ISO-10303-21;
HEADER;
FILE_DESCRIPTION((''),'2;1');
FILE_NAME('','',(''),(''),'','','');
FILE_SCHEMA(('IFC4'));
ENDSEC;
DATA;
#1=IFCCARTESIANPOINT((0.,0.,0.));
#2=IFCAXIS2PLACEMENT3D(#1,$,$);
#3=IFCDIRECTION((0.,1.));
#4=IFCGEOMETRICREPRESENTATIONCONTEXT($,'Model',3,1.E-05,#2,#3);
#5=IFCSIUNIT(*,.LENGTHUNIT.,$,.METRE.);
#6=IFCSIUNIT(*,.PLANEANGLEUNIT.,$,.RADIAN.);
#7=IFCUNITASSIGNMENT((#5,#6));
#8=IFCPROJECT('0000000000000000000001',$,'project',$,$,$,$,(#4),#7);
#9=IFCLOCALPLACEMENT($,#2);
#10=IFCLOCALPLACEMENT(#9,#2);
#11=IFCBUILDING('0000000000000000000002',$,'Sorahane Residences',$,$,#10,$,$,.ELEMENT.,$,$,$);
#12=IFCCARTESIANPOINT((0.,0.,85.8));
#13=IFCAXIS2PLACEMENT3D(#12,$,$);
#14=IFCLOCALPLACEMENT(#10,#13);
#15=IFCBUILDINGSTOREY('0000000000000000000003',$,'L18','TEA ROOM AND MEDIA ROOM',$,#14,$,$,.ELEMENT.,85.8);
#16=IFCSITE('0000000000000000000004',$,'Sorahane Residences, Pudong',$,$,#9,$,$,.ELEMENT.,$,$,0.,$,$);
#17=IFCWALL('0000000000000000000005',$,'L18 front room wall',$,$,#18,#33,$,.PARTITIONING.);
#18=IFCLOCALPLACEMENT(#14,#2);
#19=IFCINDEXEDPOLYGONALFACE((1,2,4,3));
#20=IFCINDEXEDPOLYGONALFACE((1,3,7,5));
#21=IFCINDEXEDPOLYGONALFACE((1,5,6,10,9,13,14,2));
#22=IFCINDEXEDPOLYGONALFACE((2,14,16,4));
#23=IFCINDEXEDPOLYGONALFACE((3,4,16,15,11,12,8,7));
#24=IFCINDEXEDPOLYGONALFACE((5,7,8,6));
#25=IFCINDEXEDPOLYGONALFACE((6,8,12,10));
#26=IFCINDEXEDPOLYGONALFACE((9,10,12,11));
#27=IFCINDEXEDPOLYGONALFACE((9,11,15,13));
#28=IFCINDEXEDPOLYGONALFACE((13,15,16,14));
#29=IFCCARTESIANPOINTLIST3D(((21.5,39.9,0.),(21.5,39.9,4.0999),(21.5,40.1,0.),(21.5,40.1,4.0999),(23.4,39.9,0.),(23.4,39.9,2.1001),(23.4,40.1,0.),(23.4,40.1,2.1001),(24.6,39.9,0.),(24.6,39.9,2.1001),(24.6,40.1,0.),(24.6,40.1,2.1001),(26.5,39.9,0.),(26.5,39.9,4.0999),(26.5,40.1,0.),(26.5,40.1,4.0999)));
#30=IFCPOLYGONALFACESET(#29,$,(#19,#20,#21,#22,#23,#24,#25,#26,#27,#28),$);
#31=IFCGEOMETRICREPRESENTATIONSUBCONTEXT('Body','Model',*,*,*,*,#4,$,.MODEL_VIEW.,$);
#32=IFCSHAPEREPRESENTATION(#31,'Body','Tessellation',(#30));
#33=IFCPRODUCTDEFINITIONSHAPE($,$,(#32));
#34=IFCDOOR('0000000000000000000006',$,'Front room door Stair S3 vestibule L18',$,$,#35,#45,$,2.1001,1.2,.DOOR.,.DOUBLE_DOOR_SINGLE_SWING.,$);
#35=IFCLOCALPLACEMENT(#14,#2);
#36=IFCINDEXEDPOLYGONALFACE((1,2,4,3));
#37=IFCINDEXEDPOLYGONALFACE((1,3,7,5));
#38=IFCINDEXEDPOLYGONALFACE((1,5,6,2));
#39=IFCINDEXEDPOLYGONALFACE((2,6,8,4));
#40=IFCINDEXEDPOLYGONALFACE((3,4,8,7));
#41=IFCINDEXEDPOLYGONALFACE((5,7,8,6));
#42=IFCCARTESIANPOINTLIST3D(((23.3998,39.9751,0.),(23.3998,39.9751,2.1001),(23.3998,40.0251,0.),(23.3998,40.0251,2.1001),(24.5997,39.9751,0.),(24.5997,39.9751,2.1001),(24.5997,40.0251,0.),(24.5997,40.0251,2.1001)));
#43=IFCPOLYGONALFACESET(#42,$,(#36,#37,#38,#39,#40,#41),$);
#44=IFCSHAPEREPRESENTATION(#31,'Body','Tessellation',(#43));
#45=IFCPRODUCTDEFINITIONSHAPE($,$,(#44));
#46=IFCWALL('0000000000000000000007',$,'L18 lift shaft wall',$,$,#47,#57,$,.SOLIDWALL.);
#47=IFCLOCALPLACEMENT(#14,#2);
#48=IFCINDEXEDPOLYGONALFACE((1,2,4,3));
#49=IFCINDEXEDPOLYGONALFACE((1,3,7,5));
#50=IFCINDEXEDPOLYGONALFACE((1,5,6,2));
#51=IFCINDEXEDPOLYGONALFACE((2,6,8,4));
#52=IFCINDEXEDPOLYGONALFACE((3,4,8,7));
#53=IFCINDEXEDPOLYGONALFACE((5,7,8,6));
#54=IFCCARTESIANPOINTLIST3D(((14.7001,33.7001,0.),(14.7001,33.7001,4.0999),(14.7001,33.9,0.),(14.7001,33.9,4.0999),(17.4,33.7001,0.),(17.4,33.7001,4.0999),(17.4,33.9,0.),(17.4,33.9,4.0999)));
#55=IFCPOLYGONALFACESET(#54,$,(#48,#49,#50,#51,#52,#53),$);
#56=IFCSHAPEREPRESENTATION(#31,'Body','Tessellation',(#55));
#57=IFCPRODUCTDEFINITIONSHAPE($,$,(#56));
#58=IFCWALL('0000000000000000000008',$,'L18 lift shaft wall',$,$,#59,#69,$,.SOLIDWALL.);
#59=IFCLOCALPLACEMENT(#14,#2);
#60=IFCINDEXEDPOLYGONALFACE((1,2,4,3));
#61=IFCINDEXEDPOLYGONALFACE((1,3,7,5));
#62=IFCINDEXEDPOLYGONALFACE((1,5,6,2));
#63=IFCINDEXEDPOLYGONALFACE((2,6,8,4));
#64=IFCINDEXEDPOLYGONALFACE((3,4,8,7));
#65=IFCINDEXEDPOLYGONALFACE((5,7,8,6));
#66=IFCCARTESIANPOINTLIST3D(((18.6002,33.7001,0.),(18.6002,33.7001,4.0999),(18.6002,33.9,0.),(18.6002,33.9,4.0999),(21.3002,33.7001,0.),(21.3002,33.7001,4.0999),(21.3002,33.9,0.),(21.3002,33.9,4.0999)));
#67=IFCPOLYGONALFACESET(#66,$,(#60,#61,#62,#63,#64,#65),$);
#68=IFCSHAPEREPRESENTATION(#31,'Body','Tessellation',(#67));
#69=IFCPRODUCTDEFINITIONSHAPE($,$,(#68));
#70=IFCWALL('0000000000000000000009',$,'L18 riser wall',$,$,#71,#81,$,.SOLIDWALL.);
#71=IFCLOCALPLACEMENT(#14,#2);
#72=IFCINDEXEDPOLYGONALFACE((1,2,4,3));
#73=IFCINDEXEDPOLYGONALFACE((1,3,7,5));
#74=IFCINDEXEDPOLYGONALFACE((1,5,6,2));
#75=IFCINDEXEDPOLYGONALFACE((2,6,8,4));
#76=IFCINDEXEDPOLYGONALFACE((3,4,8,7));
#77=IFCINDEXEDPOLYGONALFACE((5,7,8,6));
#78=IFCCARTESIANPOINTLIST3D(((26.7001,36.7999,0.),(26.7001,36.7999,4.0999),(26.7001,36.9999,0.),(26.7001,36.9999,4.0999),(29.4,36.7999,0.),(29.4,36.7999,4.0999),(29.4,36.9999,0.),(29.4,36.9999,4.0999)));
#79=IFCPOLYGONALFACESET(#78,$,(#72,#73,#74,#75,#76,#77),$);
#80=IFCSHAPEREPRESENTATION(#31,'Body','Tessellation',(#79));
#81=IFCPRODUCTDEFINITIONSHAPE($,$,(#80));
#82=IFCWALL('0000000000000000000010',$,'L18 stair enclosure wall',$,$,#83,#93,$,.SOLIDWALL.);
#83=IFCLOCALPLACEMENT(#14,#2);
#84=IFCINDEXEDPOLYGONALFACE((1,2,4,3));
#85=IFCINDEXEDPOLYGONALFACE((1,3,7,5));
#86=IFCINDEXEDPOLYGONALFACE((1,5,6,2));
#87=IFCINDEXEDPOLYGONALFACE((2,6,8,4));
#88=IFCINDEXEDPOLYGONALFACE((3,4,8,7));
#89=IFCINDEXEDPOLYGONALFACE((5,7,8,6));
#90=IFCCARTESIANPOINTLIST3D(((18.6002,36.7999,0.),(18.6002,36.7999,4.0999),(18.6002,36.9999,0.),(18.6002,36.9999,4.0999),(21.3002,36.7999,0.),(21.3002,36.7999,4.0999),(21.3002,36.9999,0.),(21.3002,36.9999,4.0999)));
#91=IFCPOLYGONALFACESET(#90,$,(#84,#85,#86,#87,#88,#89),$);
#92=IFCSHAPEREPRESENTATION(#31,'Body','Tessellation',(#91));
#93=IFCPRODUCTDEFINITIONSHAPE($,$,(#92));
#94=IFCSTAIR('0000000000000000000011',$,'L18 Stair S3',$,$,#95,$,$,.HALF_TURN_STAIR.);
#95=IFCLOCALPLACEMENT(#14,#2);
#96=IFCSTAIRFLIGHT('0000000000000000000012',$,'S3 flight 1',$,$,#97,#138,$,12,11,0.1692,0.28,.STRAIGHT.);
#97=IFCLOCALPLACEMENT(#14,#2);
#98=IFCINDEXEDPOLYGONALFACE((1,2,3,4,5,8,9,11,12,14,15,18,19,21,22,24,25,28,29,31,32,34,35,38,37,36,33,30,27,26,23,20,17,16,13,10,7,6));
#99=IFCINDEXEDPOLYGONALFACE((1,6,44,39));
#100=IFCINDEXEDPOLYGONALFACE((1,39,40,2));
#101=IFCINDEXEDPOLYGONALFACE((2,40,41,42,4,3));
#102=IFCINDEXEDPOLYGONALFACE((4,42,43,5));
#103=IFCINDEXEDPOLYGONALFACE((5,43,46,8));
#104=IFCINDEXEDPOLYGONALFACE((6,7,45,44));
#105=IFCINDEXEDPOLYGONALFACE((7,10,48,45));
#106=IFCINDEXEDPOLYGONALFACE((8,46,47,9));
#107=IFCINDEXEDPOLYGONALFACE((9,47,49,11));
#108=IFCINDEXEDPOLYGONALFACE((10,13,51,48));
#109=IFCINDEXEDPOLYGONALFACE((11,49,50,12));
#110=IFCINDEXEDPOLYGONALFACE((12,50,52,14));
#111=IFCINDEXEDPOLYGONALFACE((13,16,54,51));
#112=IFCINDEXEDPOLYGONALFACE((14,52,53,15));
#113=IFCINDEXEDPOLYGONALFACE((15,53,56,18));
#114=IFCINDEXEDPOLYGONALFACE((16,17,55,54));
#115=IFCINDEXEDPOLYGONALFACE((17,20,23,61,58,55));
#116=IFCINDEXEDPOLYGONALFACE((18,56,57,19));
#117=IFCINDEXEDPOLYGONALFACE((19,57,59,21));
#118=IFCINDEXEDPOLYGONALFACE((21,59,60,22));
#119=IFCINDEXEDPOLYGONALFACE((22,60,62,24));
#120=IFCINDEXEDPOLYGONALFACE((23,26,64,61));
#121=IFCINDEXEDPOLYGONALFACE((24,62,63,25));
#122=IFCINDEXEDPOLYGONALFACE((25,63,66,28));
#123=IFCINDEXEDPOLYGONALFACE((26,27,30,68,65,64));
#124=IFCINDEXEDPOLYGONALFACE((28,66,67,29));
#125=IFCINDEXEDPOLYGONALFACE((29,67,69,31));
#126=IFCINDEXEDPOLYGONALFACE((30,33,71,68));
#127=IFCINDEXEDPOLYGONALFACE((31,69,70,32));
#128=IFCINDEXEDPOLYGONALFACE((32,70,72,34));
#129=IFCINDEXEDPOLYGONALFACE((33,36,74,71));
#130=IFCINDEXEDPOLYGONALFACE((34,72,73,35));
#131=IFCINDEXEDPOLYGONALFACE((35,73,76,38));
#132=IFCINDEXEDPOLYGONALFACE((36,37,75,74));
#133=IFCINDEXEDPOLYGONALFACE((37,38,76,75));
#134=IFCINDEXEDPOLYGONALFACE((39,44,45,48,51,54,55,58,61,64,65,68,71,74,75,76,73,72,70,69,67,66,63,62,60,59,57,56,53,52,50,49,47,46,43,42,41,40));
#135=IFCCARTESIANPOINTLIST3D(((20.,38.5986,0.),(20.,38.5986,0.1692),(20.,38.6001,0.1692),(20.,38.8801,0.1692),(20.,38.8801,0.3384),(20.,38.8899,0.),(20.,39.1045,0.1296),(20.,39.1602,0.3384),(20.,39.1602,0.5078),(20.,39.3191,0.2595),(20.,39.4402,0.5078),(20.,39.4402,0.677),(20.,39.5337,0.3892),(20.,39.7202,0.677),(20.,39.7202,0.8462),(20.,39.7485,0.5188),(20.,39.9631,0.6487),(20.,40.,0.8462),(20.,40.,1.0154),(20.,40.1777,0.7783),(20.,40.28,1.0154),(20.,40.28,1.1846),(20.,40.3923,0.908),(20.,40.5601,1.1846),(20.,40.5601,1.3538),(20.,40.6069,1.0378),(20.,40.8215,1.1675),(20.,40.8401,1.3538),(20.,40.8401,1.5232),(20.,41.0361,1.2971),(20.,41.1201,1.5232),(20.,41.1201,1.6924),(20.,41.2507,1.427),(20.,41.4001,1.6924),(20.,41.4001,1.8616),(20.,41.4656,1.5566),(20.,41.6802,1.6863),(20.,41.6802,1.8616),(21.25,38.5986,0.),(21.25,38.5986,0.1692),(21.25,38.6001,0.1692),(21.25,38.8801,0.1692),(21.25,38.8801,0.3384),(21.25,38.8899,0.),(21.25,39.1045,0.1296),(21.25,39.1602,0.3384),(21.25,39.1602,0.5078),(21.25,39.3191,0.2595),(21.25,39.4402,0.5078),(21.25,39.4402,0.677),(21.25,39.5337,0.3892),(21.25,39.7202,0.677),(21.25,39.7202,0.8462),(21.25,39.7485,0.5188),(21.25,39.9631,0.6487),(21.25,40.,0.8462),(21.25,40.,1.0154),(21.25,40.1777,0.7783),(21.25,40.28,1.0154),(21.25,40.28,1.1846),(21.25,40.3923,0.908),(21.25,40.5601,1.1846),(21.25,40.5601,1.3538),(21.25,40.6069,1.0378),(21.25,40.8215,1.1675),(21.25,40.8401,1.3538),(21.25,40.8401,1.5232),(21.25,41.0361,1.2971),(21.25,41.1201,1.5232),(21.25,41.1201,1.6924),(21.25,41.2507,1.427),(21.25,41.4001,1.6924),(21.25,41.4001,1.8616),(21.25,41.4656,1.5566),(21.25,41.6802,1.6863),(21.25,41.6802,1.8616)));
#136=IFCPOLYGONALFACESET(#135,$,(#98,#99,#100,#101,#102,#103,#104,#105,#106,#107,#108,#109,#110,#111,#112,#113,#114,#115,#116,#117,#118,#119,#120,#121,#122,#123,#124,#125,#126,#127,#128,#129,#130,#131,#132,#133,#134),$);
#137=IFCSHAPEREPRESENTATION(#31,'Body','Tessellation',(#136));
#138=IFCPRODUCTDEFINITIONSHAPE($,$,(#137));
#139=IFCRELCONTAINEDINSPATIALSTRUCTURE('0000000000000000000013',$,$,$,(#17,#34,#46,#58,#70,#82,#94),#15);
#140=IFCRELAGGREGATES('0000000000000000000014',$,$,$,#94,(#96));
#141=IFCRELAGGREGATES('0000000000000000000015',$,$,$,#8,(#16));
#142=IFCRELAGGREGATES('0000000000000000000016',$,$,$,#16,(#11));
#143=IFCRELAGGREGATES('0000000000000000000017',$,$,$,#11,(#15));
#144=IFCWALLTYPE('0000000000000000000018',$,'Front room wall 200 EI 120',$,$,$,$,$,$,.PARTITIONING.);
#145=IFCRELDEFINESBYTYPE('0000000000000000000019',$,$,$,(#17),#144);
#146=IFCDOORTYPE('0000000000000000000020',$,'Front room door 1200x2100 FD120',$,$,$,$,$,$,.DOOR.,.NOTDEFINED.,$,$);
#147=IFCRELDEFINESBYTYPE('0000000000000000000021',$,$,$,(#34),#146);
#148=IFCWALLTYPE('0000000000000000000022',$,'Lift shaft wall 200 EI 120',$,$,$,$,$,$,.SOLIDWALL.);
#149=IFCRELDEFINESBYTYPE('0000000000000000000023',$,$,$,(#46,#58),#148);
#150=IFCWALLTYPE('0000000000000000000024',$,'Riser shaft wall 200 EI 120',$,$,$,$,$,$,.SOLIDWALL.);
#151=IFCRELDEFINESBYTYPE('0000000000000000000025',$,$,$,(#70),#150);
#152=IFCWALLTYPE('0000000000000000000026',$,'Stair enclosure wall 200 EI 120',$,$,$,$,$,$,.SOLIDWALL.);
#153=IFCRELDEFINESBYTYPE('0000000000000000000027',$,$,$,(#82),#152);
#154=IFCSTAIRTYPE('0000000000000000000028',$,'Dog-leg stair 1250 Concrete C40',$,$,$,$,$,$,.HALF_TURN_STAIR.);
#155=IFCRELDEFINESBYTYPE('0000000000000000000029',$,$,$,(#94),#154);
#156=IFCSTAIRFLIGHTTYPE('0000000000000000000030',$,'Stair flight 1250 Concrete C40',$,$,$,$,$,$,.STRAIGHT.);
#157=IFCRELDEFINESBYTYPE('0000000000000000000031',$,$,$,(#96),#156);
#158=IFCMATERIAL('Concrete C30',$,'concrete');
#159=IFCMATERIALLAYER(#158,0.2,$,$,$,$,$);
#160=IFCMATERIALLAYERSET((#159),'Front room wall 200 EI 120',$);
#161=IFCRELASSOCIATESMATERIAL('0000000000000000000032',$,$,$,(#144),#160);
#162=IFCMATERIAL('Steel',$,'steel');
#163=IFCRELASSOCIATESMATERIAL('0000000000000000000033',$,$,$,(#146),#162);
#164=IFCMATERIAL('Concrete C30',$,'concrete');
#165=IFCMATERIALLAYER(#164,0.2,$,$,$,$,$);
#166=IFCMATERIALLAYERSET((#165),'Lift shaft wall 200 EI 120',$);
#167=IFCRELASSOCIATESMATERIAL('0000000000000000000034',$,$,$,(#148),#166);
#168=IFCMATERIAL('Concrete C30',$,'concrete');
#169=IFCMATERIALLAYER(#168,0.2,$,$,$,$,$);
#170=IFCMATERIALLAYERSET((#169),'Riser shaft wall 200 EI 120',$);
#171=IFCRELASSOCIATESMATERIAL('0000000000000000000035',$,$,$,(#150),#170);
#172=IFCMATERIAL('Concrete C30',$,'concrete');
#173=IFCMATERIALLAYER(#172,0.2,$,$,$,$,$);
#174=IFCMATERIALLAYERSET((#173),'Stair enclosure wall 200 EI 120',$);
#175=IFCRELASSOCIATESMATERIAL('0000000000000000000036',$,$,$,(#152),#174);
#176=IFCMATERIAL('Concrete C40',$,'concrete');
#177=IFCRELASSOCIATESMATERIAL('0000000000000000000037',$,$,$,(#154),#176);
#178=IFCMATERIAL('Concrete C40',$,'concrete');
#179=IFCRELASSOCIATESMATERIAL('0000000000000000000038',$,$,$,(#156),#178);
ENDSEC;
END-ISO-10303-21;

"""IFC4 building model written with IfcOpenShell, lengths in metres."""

from ifc_helpers import new_model, si_unit, direction, frame, frame_2d, origin, place, context, subcontext, project, spatial, polyline, rectangle, outline, extrude, material, layer, layer_set, type_object, element, fill, aggregate, save


model = new_model("IFC4")

# Units and contexts
model_context = context("Model", 3, precision=1e-05, world=origin(), true_north=direction((0.0, 1.0)))
body_context = subcontext(model_context, "Body", "Model", "MODEL_VIEW")
ifc_project = project(units=[si_unit("LENGTHUNIT", "METRE"), si_unit("PLANEANGLEUNIT", "RADIAN")], contexts=[model_context])

# Site, building, storey
site_placement = place(None, origin())
site = spatial("IfcSite", under=ifc_project, at=site_placement, Name="Sorahane Residences, Pudong", CompositionType="ELEMENT", RefElevation=0.0)
building_placement = place(site_placement, origin())
building = spatial("IfcBuilding", under=site, at=building_placement, Name="Sorahane Residences", CompositionType="ELEMENT")
storey_placement = place(building_placement, frame((0.0, 0.0, 85.8)))
storey = spatial("IfcBuildingStorey", under=building, at=storey_placement, Name="L18", Description="TEA ROOM AND MEDIA ROOM", CompositionType="ELEMENT", Elevation=85.8)

# Wall, opening, door
ifc_material_1 = material(Name="Concrete C30", Category="concrete")
ifc_layer_1 = layer(ifc_material_1, 0.2)
ifc_layer_set_1 = layer_set([ifc_layer_1], Name="Front room wall 200 EI 120")
wall_type_1 = type_object("IfcWallType", Name="Front room wall 200 EI 120", PredefinedType="PARTITIONING", material=ifc_layer_set_1)
wall_1_placement = place(storey_placement, frame((21.5, 40.0, 0.0), z_axis=(0.0, 0.0, 1.0), x_axis=(1.0, 0.0, 0.0)))
wall_1 = element("IfcWall", 1, at=wall_1_placement, inside=storey, type_object=wall_type_1, Name="L18 front room wall", PredefinedType="PARTITIONING", context=body_context, shape_type="SweptSolid", body=[
    extrude(rectangle(XDim=5.0, YDim=0.2, at=frame_2d((2.5, 0.0))), origin(), (0.0, 0.0, 1.0), 4.0999),
])
opening_placement = place(wall_1_placement, frame((1.8999, 0.0, 0.0)))
opening = element("IfcOpeningElement", 2, at=opening_placement, cuts=wall_1, PredefinedType="OPENING", context=body_context, shape_type="SweptSolid", body=[
    extrude(rectangle(XDim=1.2, YDim=2.1001, at=frame_2d((0.6001, 1.05))), frame((0.0, 0.1099, 0.0), z_axis=(0.0, -1.0, 0.0), x_axis=(1.0, 0.0, 0.0)), (0.0, 0.0, 1.0), 0.22),
])
ifc_material_2 = material(Name="Steel", Category="steel")
door_type = type_object("IfcDoorType", Name="Front room door 1200x2100 FD120", OperationType="NOTDEFINED", PredefinedType="DOOR", material=ifc_material_2)
door_placement = place(opening_placement, frame((1.2, 0.0, 0.0), z_axis=(0.0, 0.0, 1.0), x_axis=(-1.0, 0.0, 0.0)))
door = element("IfcDoor", 3, at=door_placement, inside=storey, type_object=door_type, Name="Front room door Stair S3 vestibule L18", OperationType="DOUBLE_DOOR_SINGLE_SWING", OverallHeight=2.1001, OverallWidth=1.2, PredefinedType="DOOR", context=body_context, shape_type="SweptSolid", body=[
    extrude(rectangle(XDim=1.2, YDim=2.1001, at=frame_2d((0.6001, 1.05))), frame((0.0, 0.0249, 0.0), z_axis=(0.0, -1.0, 0.0), x_axis=(1.0, 0.0, 0.0)), (0.0, 0.0, 1.0), 0.05),
])
fill(opening, door)

# Walls
ifc_material_3 = material(Name="Concrete C30", Category="concrete")
ifc_layer_2 = layer(ifc_material_3, 0.2)
ifc_layer_set_2 = layer_set([ifc_layer_2], Name="Lift shaft wall 200 EI 120")
wall_type_2 = type_object("IfcWallType", Name="Lift shaft wall 200 EI 120", PredefinedType="SOLIDWALL", material=ifc_layer_set_2)
for number, where, z_axis, x_axis, name in (
    (4, (14.7, 33.8, 0.0), (0.0, 0.0, 1.0), (1.0, 0.0, 0.0), "L18 lift shaft wall"),
    (5, (18.6001, 33.8, 0.0), (0.0, 0.0, 1.0), (1.0, 0.0, 0.0), "L18 lift shaft wall"),
):
    element("IfcWall", number, at=place(storey_placement, frame(where, z_axis=z_axis, x_axis=x_axis)), inside=storey, type_object=wall_type_2, Name=name, PredefinedType="SOLIDWALL", context=body_context, shape_type="SweptSolid", body=[
        extrude(rectangle(XDim=2.7, YDim=0.2, at=frame_2d((1.3501, 0.0))), origin(), (0.0, 0.0, 1.0), 4.0999),
    ])
ifc_material_4 = material(Name="Concrete C30", Category="concrete")
ifc_layer_3 = layer(ifc_material_4, 0.2)
ifc_layer_set_3 = layer_set([ifc_layer_3], Name="Riser shaft wall 200 EI 120")
wall_type_3 = type_object("IfcWallType", Name="Riser shaft wall 200 EI 120", PredefinedType="SOLIDWALL", material=ifc_layer_set_3)
wall_2_placement = place(storey_placement, frame((26.7, 36.8999, 0.0), z_axis=(0.0, 0.0, 1.0), x_axis=(1.0, 0.0, 0.0)))
element("IfcWall", 6, at=wall_2_placement, inside=storey, type_object=wall_type_3, Name="L18 riser wall", PredefinedType="SOLIDWALL", context=body_context, shape_type="SweptSolid", body=[
    extrude(rectangle(XDim=2.7, YDim=0.2, at=frame_2d((1.3501, 0.0))), origin(), (0.0, 0.0, 1.0), 4.0999),
])
ifc_material_5 = material(Name="Concrete C30", Category="concrete")
ifc_layer_4 = layer(ifc_material_5, 0.2)
ifc_layer_set_4 = layer_set([ifc_layer_4], Name="Stair enclosure wall 200 EI 120")
wall_type_4 = type_object("IfcWallType", Name="Stair enclosure wall 200 EI 120", PredefinedType="SOLIDWALL", material=ifc_layer_set_4)
wall_3_placement = place(storey_placement, frame((18.6001, 36.8999, 0.0), z_axis=(0.0, 0.0, 1.0), x_axis=(1.0, 0.0, 0.0)))
element("IfcWall", 7, at=wall_3_placement, inside=storey, type_object=wall_type_4, Name="L18 stair enclosure wall", PredefinedType="SOLIDWALL", context=body_context, shape_type="SweptSolid", body=[
    extrude(rectangle(XDim=2.7, YDim=0.2, at=frame_2d((1.3501, 0.0))), origin(), (0.0, 0.0, 1.0), 4.0999),
])

# Stair, stair flight
ifc_material_6 = material(Name="Concrete C40", Category="concrete")
stair_type = type_object("IfcStairType", Name="Dog-leg stair 1250 Concrete C40", PredefinedType="HALF_TURN_STAIR", material=ifc_material_6)
stair_placement = place(storey_placement, origin())
stair = element("IfcStair", 8, at=stair_placement, inside=storey, type_object=stair_type, Name="L18 Stair S3", PredefinedType="HALF_TURN_STAIR")
ifc_material_7 = material(Name="Concrete C40", Category="concrete")
stair_flight_type = type_object("IfcStairFlightType", Name="Stair flight 1250 Concrete C40", PredefinedType="STRAIGHT", material=ifc_material_7)
stair_flight_placement = place(storey_placement, frame((20.625, 38.6001, 0.0), z_axis=(0.0, 0.0, 1.0), x_axis=(0.0, 1.0, 0.0)))
stair_flight = element("IfcStairFlight", 9, at=stair_flight_placement, type_object=stair_flight_type, Name="S3 flight 1", NumberOfRisers=12, NumberOfTreads=11, PredefinedType="STRAIGHT", RiserHeight=0.1692, TreadLength=0.28, context=body_context, shape_type="SweptSolid", body=[
    extrude(outline(polyline([(-0.0015, 0.0), (-0.0015, 0.1692), (0.0, 0.1692), (0.28, 0.1692), (0.28, 0.3384), (0.5601, 0.3384), (0.5601, 0.5078), (0.8401, 0.5078), (0.8401, 0.677), (1.1201, 0.677), (1.1201, 0.8462), (1.3999, 0.8462), (1.3999, 1.0154), (1.6799, 1.0154), (1.6799, 1.1846), (1.96, 1.1846), (1.96, 1.3538), (2.24, 1.3538), (2.24, 1.5232), (2.52, 1.5232), (2.52, 1.6924), (2.8, 1.6924), (2.8, 1.8616), (3.0801, 1.8616), (3.0801, 2.0308), (3.0801, 1.6863), (2.8655, 1.5566), (2.6506, 1.427), (2.436, 1.2971), (2.2214, 1.1675), (2.0068, 1.0378), (1.7922, 0.908), (1.5776, 0.7783), (1.363, 0.6487), (1.1484, 0.5188), (0.9336, 0.3892), (0.719, 0.2595), (0.5044, 0.1296), (0.2898, 0.0), (-0.0015, 0.0)])), frame((0.0, 0.625, 0.0), z_axis=(0.0, -1.0, 0.0), x_axis=(1.0, 0.0, 0.0)), (0.0, 0.0, 1.0), 1.25),
])
aggregate(stair, [stair_flight])

save(model, "model.ifc")
